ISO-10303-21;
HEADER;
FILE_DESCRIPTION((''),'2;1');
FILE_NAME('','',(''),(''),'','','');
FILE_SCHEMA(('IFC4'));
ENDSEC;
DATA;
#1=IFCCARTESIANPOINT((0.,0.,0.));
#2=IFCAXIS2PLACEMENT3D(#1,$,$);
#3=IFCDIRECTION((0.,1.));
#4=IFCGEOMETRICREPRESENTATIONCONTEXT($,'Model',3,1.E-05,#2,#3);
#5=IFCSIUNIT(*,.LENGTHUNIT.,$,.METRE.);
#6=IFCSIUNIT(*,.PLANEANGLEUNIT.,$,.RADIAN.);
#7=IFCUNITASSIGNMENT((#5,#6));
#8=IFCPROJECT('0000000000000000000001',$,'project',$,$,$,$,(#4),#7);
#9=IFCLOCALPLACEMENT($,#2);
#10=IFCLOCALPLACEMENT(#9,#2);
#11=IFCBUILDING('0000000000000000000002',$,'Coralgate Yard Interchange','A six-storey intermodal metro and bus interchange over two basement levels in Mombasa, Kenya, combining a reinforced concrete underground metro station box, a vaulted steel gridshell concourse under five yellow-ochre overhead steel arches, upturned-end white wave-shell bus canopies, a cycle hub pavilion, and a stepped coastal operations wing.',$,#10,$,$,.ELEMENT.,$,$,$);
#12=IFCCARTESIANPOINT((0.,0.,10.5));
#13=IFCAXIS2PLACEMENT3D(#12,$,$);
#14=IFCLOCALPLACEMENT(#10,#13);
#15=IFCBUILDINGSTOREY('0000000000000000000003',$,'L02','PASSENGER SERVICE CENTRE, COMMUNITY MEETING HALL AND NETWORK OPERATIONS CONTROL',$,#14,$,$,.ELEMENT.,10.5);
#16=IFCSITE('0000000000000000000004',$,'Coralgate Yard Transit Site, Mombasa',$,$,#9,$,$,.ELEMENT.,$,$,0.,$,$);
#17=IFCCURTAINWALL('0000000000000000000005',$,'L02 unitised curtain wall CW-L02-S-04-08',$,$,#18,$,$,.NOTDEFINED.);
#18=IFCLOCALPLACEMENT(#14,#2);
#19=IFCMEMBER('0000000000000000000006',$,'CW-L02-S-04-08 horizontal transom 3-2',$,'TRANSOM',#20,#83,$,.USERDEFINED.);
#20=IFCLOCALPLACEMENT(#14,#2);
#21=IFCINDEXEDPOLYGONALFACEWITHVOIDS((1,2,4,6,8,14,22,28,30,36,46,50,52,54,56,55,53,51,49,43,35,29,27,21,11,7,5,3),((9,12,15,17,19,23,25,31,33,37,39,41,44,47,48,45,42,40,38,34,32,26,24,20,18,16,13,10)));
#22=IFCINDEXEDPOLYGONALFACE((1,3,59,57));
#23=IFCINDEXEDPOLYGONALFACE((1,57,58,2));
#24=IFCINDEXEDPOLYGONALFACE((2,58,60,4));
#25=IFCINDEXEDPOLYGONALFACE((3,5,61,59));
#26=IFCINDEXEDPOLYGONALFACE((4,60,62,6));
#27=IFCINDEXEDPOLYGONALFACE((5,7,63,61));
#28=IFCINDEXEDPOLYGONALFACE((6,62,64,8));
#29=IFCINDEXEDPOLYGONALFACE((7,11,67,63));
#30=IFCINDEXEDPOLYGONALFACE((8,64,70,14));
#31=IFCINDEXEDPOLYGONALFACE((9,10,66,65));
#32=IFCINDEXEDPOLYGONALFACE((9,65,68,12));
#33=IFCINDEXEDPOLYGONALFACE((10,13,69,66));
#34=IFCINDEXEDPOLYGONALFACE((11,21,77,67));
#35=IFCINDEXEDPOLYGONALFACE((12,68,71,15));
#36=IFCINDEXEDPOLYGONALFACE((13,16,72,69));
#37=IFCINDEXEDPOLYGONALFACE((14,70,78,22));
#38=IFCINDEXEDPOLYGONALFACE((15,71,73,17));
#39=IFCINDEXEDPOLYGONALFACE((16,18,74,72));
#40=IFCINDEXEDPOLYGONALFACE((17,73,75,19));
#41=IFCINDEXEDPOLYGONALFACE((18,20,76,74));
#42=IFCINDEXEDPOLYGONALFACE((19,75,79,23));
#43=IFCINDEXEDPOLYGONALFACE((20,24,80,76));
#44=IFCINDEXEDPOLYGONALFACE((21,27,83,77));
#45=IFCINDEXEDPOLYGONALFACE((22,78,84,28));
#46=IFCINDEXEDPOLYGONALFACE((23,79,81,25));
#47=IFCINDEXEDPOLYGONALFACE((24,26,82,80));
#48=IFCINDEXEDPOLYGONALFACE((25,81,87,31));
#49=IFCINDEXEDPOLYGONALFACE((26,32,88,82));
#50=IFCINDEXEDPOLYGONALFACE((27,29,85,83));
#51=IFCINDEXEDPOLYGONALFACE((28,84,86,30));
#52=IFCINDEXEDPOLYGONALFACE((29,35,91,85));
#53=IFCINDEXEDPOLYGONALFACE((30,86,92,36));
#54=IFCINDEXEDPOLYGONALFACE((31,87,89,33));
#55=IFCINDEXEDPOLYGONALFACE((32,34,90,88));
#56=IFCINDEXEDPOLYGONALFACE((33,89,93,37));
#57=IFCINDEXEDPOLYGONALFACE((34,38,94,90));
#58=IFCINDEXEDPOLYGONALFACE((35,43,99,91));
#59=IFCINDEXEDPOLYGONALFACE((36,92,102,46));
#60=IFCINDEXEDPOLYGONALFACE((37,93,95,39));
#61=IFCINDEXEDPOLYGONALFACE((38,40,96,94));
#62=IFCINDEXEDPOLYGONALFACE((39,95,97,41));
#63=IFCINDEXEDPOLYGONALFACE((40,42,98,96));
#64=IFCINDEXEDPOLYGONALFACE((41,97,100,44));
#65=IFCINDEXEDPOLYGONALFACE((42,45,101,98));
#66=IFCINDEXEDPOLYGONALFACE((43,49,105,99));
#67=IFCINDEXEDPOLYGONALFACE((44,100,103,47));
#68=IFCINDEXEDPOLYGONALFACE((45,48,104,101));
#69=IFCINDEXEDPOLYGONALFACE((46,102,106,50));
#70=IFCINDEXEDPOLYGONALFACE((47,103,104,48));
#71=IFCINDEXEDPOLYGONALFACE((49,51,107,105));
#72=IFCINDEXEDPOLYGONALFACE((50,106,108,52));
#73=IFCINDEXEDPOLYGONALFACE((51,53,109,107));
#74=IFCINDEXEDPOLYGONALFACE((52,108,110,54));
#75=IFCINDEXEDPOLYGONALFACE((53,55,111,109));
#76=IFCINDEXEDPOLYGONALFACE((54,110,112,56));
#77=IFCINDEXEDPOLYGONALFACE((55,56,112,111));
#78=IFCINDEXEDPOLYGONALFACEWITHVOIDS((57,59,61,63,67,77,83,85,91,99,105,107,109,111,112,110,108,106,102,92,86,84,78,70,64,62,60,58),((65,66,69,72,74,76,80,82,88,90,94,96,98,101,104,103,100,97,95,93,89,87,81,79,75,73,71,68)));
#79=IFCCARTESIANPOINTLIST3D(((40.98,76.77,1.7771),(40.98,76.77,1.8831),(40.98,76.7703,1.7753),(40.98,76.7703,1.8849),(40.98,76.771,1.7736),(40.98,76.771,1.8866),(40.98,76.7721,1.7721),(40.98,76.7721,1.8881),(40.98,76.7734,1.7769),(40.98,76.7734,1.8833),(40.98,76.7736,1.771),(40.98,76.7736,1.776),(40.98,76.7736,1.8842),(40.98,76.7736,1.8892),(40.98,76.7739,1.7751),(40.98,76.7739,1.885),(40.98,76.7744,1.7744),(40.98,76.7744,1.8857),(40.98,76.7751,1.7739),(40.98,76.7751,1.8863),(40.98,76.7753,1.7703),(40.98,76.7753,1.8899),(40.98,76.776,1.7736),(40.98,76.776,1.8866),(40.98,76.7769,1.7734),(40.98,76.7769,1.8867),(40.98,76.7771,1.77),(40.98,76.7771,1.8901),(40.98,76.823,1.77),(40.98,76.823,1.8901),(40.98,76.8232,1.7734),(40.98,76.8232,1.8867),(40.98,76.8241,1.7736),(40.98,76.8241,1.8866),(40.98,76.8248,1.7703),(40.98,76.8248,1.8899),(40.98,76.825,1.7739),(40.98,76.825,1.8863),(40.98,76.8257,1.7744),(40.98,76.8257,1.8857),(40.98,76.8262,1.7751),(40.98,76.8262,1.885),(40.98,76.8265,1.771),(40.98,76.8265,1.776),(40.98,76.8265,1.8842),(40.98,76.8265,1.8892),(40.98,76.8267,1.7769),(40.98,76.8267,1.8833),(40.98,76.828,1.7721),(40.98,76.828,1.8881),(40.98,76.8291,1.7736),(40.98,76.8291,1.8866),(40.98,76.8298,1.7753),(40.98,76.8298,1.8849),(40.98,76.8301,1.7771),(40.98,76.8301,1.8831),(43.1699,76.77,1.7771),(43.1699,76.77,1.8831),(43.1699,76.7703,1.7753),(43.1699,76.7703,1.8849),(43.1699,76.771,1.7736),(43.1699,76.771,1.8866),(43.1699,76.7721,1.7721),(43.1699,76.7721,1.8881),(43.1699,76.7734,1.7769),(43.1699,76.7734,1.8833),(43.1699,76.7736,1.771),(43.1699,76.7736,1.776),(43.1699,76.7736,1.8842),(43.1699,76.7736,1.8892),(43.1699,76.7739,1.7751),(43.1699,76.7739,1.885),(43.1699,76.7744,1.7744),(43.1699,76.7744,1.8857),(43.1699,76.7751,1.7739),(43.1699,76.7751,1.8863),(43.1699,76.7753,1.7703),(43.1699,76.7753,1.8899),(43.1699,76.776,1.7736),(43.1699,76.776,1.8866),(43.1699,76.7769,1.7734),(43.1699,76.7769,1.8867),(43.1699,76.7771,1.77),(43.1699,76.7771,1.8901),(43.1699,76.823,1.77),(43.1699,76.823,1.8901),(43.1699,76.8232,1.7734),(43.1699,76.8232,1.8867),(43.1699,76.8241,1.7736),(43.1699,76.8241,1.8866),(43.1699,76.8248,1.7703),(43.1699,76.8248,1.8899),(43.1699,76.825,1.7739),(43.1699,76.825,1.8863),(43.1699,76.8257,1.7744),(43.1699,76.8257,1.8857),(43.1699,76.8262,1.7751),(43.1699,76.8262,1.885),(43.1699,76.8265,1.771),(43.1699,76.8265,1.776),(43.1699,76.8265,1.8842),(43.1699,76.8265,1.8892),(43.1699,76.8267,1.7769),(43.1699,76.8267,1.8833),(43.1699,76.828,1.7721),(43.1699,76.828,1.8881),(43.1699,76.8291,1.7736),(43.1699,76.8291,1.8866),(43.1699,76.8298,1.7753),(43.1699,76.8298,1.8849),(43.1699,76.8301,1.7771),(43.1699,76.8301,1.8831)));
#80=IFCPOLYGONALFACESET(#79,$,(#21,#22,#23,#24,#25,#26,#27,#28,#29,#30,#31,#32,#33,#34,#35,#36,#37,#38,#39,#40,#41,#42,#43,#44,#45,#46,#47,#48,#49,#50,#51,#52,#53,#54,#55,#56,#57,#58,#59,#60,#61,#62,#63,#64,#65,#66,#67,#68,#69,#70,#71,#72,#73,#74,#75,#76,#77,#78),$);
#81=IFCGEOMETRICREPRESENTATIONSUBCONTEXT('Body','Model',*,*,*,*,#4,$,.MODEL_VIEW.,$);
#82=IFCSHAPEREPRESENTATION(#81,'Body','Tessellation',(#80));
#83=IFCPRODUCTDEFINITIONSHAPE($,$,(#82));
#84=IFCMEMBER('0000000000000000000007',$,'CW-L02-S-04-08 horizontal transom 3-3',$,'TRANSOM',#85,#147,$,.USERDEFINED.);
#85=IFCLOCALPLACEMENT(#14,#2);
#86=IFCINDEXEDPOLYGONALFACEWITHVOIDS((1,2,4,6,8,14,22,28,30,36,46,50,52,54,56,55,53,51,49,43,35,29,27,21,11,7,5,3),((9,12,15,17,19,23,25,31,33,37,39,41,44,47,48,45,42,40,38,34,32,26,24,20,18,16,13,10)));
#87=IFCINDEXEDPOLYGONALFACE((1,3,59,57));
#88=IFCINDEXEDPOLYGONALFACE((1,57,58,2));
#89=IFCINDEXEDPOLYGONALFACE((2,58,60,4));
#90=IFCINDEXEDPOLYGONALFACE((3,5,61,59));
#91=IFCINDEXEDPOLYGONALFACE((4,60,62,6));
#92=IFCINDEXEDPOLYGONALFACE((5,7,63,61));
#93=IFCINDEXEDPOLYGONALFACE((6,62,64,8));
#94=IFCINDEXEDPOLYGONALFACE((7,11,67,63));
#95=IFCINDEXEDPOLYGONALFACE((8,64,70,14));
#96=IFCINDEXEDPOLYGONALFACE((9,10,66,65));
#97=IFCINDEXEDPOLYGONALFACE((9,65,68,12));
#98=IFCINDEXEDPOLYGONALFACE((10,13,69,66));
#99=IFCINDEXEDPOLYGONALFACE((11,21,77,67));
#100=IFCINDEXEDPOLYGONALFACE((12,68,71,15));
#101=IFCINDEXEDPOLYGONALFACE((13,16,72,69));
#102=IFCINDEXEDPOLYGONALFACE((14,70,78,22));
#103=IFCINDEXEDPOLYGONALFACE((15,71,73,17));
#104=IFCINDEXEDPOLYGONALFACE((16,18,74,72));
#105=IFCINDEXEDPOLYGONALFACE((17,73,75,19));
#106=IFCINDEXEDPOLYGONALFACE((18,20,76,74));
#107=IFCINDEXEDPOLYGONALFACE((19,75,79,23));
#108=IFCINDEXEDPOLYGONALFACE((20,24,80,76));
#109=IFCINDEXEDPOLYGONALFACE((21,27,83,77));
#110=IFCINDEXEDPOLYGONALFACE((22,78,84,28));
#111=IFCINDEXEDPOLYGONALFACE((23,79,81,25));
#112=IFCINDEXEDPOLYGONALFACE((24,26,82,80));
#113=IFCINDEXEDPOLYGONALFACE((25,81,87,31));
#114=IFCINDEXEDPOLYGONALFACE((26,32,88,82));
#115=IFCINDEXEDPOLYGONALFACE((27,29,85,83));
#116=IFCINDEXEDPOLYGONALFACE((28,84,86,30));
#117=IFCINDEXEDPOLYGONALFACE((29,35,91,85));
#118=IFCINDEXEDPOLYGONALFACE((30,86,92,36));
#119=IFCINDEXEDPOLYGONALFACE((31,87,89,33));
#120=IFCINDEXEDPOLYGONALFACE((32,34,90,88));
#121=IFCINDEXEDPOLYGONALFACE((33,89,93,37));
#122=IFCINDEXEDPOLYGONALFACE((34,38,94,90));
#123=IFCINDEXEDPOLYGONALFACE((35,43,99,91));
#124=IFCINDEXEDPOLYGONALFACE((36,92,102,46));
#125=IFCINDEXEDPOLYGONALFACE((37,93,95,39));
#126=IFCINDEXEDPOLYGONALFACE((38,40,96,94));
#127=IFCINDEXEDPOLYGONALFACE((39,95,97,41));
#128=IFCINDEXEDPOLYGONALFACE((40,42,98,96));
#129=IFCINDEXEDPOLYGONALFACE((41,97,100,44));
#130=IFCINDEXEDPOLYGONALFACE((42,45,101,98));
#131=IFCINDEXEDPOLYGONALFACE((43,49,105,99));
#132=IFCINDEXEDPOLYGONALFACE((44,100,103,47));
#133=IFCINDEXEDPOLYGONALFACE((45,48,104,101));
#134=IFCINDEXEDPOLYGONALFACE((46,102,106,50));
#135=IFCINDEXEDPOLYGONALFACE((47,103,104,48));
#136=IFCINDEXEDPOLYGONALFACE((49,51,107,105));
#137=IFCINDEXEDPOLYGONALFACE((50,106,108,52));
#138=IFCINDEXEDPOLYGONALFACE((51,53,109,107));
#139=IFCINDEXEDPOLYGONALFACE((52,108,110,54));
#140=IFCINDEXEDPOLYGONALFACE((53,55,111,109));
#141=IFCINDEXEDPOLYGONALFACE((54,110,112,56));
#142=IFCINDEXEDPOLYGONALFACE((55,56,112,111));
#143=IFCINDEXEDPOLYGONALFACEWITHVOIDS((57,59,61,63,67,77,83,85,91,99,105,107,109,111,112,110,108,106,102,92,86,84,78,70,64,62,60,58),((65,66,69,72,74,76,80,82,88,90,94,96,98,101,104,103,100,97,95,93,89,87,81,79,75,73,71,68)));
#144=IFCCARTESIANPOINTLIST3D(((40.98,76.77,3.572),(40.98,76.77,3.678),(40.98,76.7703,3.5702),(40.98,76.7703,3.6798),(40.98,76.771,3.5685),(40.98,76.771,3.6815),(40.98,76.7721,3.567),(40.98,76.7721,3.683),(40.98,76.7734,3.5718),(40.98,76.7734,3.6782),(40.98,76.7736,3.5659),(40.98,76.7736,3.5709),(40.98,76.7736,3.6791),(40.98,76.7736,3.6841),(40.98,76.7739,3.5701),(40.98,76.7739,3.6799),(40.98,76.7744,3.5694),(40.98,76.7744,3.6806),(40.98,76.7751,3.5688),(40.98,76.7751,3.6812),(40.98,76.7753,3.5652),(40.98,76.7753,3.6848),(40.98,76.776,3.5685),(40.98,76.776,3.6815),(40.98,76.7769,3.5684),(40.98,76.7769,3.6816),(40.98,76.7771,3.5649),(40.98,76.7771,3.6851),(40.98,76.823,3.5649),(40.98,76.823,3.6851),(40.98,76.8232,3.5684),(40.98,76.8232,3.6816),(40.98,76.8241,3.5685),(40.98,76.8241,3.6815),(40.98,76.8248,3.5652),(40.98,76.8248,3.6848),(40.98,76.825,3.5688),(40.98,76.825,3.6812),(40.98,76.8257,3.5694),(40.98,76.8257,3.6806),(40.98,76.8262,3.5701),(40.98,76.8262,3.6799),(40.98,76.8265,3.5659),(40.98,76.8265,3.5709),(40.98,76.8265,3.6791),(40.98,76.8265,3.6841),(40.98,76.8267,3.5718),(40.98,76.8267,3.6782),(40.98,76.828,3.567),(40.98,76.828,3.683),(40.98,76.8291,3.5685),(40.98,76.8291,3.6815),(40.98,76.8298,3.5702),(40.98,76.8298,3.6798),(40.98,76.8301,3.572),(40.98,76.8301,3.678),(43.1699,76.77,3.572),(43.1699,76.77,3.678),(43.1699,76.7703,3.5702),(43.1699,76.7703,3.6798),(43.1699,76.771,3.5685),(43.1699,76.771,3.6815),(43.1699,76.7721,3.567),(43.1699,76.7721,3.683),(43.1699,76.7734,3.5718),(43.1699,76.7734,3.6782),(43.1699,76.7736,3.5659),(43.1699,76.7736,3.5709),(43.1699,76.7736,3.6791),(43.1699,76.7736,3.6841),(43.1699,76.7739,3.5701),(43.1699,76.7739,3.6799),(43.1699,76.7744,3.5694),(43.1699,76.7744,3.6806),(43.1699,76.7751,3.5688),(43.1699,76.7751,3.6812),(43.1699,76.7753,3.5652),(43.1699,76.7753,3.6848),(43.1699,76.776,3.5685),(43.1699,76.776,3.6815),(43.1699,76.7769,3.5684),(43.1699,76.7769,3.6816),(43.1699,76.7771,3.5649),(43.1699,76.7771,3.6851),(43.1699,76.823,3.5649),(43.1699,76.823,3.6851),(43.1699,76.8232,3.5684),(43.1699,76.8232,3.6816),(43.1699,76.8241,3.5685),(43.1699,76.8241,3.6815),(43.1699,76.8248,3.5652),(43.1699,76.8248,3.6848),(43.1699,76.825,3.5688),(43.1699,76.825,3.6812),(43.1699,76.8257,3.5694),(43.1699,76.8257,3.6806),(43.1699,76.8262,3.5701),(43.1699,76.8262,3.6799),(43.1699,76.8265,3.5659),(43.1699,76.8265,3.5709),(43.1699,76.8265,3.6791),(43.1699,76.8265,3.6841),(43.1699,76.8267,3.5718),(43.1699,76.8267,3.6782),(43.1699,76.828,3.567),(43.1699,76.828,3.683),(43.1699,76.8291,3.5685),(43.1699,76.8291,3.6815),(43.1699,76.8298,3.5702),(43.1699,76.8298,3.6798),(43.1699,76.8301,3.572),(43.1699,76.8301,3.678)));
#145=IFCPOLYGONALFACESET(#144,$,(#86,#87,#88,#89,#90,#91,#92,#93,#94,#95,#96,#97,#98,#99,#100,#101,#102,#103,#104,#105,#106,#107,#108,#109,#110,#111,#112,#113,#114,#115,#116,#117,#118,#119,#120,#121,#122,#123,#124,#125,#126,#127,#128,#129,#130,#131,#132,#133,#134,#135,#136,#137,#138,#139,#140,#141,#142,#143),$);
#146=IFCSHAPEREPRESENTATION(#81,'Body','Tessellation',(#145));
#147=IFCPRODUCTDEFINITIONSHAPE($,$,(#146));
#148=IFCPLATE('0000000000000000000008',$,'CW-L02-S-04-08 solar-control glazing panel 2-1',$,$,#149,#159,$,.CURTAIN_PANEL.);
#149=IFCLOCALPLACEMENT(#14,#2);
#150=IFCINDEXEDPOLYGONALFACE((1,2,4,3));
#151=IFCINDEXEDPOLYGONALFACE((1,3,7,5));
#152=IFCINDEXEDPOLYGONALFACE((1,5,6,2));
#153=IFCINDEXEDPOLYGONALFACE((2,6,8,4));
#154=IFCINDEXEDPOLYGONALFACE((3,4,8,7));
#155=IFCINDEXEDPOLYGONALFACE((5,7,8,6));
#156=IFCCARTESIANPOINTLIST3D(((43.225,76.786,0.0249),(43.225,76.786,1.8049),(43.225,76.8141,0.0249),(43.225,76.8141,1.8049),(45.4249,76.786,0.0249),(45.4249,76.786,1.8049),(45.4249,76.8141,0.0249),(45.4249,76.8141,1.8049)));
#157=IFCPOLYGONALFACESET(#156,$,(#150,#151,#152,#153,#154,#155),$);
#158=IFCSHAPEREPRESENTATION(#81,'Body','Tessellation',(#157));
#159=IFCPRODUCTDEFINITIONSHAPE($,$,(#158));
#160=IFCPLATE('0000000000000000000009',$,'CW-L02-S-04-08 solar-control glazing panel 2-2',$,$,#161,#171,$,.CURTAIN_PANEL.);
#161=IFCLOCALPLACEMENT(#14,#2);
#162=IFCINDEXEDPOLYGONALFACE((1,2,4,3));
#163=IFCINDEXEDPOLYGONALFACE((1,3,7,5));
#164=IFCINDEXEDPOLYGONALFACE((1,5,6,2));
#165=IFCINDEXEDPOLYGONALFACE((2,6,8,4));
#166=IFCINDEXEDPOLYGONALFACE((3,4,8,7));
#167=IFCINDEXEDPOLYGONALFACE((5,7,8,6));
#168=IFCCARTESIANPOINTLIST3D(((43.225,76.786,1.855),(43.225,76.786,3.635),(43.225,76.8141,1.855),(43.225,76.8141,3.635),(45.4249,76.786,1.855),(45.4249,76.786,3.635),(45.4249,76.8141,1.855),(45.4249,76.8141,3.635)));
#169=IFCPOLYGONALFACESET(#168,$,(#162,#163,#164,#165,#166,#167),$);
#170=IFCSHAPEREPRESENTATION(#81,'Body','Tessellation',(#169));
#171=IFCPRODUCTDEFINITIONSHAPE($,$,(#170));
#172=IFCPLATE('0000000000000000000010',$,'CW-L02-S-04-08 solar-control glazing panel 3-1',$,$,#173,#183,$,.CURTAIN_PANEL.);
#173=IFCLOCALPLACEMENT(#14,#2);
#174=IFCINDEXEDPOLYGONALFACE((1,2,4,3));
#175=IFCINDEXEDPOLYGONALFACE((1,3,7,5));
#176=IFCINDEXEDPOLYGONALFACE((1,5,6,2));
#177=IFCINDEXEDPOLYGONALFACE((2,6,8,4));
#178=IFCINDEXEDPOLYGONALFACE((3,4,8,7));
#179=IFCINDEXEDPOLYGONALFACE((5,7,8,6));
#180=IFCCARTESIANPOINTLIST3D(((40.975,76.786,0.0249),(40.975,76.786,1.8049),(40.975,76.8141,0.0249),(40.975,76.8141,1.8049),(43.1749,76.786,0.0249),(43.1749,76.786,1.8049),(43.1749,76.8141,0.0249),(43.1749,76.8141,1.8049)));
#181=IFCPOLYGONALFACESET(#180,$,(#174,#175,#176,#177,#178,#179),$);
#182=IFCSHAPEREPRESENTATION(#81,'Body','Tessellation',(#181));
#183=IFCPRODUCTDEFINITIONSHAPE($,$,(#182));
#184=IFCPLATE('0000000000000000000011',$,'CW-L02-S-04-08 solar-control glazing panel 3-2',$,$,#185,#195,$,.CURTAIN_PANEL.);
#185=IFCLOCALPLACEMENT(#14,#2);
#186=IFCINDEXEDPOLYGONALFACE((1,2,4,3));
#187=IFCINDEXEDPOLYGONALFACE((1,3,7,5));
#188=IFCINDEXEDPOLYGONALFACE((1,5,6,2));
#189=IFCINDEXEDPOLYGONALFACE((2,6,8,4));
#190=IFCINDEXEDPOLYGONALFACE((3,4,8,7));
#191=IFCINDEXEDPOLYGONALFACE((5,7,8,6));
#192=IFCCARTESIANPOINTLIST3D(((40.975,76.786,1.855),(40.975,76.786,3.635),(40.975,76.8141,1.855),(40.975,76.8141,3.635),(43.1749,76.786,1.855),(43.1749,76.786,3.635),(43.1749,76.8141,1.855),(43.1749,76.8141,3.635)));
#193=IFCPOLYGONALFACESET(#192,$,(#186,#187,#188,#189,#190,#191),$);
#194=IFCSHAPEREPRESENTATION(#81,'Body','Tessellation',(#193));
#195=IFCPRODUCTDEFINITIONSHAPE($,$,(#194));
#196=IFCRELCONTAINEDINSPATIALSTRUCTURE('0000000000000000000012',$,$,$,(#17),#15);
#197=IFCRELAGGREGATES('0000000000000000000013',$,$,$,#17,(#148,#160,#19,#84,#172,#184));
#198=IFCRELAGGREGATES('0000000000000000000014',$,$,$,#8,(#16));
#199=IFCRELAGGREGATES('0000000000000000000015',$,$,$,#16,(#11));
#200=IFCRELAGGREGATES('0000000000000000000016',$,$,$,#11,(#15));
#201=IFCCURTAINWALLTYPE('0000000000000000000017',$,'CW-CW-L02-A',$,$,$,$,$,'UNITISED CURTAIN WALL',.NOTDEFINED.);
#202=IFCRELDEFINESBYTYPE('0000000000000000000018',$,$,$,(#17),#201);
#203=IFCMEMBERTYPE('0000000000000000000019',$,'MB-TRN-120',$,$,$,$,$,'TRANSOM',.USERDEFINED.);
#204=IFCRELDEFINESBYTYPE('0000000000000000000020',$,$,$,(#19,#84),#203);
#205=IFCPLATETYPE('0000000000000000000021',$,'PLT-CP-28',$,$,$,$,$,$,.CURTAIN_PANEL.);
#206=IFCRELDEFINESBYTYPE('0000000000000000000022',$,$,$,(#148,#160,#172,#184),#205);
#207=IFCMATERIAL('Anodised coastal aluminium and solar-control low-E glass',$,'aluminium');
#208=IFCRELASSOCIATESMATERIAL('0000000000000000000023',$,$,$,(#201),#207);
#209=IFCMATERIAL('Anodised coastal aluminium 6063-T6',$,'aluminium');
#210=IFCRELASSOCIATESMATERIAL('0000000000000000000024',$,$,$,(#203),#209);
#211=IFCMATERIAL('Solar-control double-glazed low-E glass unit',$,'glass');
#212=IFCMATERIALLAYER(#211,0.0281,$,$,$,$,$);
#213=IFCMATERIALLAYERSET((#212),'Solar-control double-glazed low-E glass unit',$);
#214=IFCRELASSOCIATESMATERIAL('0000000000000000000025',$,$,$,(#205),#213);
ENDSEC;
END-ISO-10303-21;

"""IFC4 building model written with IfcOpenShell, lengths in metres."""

from ifc_helpers import new_model, si_unit, direction, frame, origin, origin_2d, place, context, subcontext, project, spatial, rectangle, hollow_rectangle, extrude, material, layer, layer_set, material_profile, profile_set, type_object, element, aggregate, save


model = new_model("IFC4")

# Units and contexts
model_context = context("Model", 3, precision=1e-05, world=origin(), true_north=direction((0.0, 1.0)))
body_context = subcontext(model_context, "Body", "Model", "MODEL_VIEW")
ifc_project = project(units=[si_unit("LENGTHUNIT", "METRE"), si_unit("PLANEANGLEUNIT", "RADIAN")], contexts=[model_context])

# Site, building, storey
site_placement = place(None, origin())
site = spatial("IfcSite", under=ifc_project, at=site_placement, Name="Coralgate Yard Transit Site, Mombasa", CompositionType="ELEMENT", RefElevation=0.0)
building_placement = place(site_placement, origin())
building = spatial("IfcBuilding", under=site, at=building_placement, Name="Coralgate Yard Interchange", Description="A six-storey intermodal metro and bus interchange over two basement levels in Mombasa, Kenya, combining a reinforced concrete underground metro station box, a vaulted steel gridshell concourse under five yellow-ochre overhead steel arches, upturned-end white wave-shell bus canopies, a cycle hub pavilion, and a stepped coastal operations wing.", CompositionType="ELEMENT")
storey_placement = place(building_placement, frame((0.0, 0.0, 10.5)))
storey = spatial("IfcBuildingStorey", under=building, at=storey_placement, Name="L02", Description="PASSENGER SERVICE CENTRE, COMMUNITY MEETING HALL AND NETWORK OPERATIONS CONTROL", CompositionType="ELEMENT", Elevation=10.5)

# Curtain wall, members, plates
ifc_material_1 = material(Name="Anodised coastal aluminium and solar-control low-E glass", Category="aluminium")
curtain_wall_type = type_object("IfcCurtainWallType", Name="CW-CW-L02-A", ElementType="UNITISED CURTAIN WALL", PredefinedType="NOTDEFINED", material=ifc_material_1)
curtain_wall_placement = place(storey_placement, origin())
curtain_wall = element("IfcCurtainWall", 1, at=curtain_wall_placement, inside=storey, type_object=curtain_wall_type, Name="L02 unitised curtain wall CW-L02-S-04-08", PredefinedType="NOTDEFINED")
ifc_material_2 = material(Name="Anodised coastal aluminium 6063-T6", Category="aluminium")
ifc_material_profile_1 = material_profile(ifc_material_2, hollow_rectangle(XDim=0.0601, YDim=0.1201, WallThickness=0.0034, InnerFilletRadius=0.0034, OuterFilletRadius=0.0071, at=origin_2d()), Name="ALU 60x120x3.5")
ifc_profile_set_1 = profile_set([ifc_material_profile_1], Name="Anodised coastal aluminium 6063-T6")
member_type_1 = type_object("IfcMemberType", Name="MB-TRN-120", ElementType="TRANSOM", PredefinedType="USERDEFINED", material=ifc_profile_set_1)
member_1_placement = place(storey_placement, frame((43.1699, 76.8, 1.8301), z_axis=(-1.0, 0.0, 0.0), x_axis=(0.0, -1.0, 0.0)))
member_1 = element("IfcMember", 2, at=member_1_placement, type_object=member_type_1, Name="CW-L02-S-04-08 horizontal transom 3-2", ObjectType="TRANSOM", PredefinedType="USERDEFINED", context=body_context, shape_type="SweptSolid", body=[
    extrude(hollow_rectangle(XDim=0.0601, YDim=0.1201, WallThickness=0.0034, InnerFilletRadius=0.0034, OuterFilletRadius=0.0071, at=origin_2d()), origin(), (0.0, 0.0, 1.0), 2.1899),
])
member_2_placement = place(storey_placement, frame((43.1699, 76.8, 3.625), z_axis=(-1.0, 0.0, 0.0), x_axis=(0.0, -1.0, 0.0)))
member_2 = element("IfcMember", 3, at=member_2_placement, type_object=member_type_1, Name="CW-L02-S-04-08 horizontal transom 3-3", ObjectType="TRANSOM", PredefinedType="USERDEFINED", context=body_context, shape_type="SweptSolid", body=[
    extrude(hollow_rectangle(XDim=0.0601, YDim=0.1201, WallThickness=0.0034, InnerFilletRadius=0.0034, OuterFilletRadius=0.0071, at=origin_2d()), origin(), (0.0, 0.0, 1.0), 2.1899),
])
ifc_material_3 = material(Name="Solar-control double-glazed low-E glass unit", Category="glass")
ifc_layer_1 = layer(ifc_material_3, 0.0281)
ifc_layer_set_1 = layer_set([ifc_layer_1], Name="Solar-control double-glazed low-E glass unit")
plate_type_1 = type_object("IfcPlateType", Name="PLT-CP-28", PredefinedType="CURTAIN_PANEL", material=ifc_layer_set_1)
plate_1_placement = place(storey_placement, frame((44.325, 76.8, 0.0249), z_axis=(0.0, 0.0, 1.0), x_axis=(-1.0, 0.0, 0.0)))
plate_1 = element("IfcPlate", 4, at=plate_1_placement, type_object=plate_type_1, Name="CW-L02-S-04-08 solar-control glazing panel 2-1", PredefinedType="CURTAIN_PANEL", context=body_context, shape_type="SweptSolid", body=[
    extrude(rectangle(XDim=2.2, YDim=0.0281, at=origin_2d()), origin(), (0.0, 0.0, 1.0), 1.78),
])
plate_2_placement = place(storey_placement, frame((44.325, 76.8, 1.855), z_axis=(0.0, 0.0, 1.0), x_axis=(-1.0, 0.0, 0.0)))
plate_2 = element("IfcPlate", 5, at=plate_2_placement, type_object=plate_type_1, Name="CW-L02-S-04-08 solar-control glazing panel 2-2", PredefinedType="CURTAIN_PANEL", context=body_context, shape_type="SweptSolid", body=[
    extrude(rectangle(XDim=2.2, YDim=0.0281, at=origin_2d()), origin(), (0.0, 0.0, 1.0), 1.78),
])
plate_3_placement = place(storey_placement, frame((42.075, 76.8, 0.0249), z_axis=(0.0, 0.0, 1.0), x_axis=(-1.0, 0.0, 0.0)))
plate_3 = element("IfcPlate", 6, at=plate_3_placement, type_object=plate_type_1, Name="CW-L02-S-04-08 solar-control glazing panel 3-1", PredefinedType="CURTAIN_PANEL", context=body_context, shape_type="SweptSolid", body=[
    extrude(rectangle(XDim=2.2, YDim=0.0281, at=origin_2d()), origin(), (0.0, 0.0, 1.0), 1.78),
])
plate_4_placement = place(storey_placement, frame((42.075, 76.8, 1.855), z_axis=(0.0, 0.0, 1.0), x_axis=(-1.0, 0.0, 0.0)))
plate_4 = element("IfcPlate", 7, at=plate_4_placement, type_object=plate_type_1, Name="CW-L02-S-04-08 solar-control glazing panel 3-2", PredefinedType="CURTAIN_PANEL", context=body_context, shape_type="SweptSolid", body=[
    extrude(rectangle(XDim=2.2, YDim=0.0281, at=origin_2d()), origin(), (0.0, 0.0, 1.0), 1.78),
])
aggregate(curtain_wall, [plate_1, plate_2, member_1, member_2, plate_3, plate_4])

save(model, "model.ifc")
